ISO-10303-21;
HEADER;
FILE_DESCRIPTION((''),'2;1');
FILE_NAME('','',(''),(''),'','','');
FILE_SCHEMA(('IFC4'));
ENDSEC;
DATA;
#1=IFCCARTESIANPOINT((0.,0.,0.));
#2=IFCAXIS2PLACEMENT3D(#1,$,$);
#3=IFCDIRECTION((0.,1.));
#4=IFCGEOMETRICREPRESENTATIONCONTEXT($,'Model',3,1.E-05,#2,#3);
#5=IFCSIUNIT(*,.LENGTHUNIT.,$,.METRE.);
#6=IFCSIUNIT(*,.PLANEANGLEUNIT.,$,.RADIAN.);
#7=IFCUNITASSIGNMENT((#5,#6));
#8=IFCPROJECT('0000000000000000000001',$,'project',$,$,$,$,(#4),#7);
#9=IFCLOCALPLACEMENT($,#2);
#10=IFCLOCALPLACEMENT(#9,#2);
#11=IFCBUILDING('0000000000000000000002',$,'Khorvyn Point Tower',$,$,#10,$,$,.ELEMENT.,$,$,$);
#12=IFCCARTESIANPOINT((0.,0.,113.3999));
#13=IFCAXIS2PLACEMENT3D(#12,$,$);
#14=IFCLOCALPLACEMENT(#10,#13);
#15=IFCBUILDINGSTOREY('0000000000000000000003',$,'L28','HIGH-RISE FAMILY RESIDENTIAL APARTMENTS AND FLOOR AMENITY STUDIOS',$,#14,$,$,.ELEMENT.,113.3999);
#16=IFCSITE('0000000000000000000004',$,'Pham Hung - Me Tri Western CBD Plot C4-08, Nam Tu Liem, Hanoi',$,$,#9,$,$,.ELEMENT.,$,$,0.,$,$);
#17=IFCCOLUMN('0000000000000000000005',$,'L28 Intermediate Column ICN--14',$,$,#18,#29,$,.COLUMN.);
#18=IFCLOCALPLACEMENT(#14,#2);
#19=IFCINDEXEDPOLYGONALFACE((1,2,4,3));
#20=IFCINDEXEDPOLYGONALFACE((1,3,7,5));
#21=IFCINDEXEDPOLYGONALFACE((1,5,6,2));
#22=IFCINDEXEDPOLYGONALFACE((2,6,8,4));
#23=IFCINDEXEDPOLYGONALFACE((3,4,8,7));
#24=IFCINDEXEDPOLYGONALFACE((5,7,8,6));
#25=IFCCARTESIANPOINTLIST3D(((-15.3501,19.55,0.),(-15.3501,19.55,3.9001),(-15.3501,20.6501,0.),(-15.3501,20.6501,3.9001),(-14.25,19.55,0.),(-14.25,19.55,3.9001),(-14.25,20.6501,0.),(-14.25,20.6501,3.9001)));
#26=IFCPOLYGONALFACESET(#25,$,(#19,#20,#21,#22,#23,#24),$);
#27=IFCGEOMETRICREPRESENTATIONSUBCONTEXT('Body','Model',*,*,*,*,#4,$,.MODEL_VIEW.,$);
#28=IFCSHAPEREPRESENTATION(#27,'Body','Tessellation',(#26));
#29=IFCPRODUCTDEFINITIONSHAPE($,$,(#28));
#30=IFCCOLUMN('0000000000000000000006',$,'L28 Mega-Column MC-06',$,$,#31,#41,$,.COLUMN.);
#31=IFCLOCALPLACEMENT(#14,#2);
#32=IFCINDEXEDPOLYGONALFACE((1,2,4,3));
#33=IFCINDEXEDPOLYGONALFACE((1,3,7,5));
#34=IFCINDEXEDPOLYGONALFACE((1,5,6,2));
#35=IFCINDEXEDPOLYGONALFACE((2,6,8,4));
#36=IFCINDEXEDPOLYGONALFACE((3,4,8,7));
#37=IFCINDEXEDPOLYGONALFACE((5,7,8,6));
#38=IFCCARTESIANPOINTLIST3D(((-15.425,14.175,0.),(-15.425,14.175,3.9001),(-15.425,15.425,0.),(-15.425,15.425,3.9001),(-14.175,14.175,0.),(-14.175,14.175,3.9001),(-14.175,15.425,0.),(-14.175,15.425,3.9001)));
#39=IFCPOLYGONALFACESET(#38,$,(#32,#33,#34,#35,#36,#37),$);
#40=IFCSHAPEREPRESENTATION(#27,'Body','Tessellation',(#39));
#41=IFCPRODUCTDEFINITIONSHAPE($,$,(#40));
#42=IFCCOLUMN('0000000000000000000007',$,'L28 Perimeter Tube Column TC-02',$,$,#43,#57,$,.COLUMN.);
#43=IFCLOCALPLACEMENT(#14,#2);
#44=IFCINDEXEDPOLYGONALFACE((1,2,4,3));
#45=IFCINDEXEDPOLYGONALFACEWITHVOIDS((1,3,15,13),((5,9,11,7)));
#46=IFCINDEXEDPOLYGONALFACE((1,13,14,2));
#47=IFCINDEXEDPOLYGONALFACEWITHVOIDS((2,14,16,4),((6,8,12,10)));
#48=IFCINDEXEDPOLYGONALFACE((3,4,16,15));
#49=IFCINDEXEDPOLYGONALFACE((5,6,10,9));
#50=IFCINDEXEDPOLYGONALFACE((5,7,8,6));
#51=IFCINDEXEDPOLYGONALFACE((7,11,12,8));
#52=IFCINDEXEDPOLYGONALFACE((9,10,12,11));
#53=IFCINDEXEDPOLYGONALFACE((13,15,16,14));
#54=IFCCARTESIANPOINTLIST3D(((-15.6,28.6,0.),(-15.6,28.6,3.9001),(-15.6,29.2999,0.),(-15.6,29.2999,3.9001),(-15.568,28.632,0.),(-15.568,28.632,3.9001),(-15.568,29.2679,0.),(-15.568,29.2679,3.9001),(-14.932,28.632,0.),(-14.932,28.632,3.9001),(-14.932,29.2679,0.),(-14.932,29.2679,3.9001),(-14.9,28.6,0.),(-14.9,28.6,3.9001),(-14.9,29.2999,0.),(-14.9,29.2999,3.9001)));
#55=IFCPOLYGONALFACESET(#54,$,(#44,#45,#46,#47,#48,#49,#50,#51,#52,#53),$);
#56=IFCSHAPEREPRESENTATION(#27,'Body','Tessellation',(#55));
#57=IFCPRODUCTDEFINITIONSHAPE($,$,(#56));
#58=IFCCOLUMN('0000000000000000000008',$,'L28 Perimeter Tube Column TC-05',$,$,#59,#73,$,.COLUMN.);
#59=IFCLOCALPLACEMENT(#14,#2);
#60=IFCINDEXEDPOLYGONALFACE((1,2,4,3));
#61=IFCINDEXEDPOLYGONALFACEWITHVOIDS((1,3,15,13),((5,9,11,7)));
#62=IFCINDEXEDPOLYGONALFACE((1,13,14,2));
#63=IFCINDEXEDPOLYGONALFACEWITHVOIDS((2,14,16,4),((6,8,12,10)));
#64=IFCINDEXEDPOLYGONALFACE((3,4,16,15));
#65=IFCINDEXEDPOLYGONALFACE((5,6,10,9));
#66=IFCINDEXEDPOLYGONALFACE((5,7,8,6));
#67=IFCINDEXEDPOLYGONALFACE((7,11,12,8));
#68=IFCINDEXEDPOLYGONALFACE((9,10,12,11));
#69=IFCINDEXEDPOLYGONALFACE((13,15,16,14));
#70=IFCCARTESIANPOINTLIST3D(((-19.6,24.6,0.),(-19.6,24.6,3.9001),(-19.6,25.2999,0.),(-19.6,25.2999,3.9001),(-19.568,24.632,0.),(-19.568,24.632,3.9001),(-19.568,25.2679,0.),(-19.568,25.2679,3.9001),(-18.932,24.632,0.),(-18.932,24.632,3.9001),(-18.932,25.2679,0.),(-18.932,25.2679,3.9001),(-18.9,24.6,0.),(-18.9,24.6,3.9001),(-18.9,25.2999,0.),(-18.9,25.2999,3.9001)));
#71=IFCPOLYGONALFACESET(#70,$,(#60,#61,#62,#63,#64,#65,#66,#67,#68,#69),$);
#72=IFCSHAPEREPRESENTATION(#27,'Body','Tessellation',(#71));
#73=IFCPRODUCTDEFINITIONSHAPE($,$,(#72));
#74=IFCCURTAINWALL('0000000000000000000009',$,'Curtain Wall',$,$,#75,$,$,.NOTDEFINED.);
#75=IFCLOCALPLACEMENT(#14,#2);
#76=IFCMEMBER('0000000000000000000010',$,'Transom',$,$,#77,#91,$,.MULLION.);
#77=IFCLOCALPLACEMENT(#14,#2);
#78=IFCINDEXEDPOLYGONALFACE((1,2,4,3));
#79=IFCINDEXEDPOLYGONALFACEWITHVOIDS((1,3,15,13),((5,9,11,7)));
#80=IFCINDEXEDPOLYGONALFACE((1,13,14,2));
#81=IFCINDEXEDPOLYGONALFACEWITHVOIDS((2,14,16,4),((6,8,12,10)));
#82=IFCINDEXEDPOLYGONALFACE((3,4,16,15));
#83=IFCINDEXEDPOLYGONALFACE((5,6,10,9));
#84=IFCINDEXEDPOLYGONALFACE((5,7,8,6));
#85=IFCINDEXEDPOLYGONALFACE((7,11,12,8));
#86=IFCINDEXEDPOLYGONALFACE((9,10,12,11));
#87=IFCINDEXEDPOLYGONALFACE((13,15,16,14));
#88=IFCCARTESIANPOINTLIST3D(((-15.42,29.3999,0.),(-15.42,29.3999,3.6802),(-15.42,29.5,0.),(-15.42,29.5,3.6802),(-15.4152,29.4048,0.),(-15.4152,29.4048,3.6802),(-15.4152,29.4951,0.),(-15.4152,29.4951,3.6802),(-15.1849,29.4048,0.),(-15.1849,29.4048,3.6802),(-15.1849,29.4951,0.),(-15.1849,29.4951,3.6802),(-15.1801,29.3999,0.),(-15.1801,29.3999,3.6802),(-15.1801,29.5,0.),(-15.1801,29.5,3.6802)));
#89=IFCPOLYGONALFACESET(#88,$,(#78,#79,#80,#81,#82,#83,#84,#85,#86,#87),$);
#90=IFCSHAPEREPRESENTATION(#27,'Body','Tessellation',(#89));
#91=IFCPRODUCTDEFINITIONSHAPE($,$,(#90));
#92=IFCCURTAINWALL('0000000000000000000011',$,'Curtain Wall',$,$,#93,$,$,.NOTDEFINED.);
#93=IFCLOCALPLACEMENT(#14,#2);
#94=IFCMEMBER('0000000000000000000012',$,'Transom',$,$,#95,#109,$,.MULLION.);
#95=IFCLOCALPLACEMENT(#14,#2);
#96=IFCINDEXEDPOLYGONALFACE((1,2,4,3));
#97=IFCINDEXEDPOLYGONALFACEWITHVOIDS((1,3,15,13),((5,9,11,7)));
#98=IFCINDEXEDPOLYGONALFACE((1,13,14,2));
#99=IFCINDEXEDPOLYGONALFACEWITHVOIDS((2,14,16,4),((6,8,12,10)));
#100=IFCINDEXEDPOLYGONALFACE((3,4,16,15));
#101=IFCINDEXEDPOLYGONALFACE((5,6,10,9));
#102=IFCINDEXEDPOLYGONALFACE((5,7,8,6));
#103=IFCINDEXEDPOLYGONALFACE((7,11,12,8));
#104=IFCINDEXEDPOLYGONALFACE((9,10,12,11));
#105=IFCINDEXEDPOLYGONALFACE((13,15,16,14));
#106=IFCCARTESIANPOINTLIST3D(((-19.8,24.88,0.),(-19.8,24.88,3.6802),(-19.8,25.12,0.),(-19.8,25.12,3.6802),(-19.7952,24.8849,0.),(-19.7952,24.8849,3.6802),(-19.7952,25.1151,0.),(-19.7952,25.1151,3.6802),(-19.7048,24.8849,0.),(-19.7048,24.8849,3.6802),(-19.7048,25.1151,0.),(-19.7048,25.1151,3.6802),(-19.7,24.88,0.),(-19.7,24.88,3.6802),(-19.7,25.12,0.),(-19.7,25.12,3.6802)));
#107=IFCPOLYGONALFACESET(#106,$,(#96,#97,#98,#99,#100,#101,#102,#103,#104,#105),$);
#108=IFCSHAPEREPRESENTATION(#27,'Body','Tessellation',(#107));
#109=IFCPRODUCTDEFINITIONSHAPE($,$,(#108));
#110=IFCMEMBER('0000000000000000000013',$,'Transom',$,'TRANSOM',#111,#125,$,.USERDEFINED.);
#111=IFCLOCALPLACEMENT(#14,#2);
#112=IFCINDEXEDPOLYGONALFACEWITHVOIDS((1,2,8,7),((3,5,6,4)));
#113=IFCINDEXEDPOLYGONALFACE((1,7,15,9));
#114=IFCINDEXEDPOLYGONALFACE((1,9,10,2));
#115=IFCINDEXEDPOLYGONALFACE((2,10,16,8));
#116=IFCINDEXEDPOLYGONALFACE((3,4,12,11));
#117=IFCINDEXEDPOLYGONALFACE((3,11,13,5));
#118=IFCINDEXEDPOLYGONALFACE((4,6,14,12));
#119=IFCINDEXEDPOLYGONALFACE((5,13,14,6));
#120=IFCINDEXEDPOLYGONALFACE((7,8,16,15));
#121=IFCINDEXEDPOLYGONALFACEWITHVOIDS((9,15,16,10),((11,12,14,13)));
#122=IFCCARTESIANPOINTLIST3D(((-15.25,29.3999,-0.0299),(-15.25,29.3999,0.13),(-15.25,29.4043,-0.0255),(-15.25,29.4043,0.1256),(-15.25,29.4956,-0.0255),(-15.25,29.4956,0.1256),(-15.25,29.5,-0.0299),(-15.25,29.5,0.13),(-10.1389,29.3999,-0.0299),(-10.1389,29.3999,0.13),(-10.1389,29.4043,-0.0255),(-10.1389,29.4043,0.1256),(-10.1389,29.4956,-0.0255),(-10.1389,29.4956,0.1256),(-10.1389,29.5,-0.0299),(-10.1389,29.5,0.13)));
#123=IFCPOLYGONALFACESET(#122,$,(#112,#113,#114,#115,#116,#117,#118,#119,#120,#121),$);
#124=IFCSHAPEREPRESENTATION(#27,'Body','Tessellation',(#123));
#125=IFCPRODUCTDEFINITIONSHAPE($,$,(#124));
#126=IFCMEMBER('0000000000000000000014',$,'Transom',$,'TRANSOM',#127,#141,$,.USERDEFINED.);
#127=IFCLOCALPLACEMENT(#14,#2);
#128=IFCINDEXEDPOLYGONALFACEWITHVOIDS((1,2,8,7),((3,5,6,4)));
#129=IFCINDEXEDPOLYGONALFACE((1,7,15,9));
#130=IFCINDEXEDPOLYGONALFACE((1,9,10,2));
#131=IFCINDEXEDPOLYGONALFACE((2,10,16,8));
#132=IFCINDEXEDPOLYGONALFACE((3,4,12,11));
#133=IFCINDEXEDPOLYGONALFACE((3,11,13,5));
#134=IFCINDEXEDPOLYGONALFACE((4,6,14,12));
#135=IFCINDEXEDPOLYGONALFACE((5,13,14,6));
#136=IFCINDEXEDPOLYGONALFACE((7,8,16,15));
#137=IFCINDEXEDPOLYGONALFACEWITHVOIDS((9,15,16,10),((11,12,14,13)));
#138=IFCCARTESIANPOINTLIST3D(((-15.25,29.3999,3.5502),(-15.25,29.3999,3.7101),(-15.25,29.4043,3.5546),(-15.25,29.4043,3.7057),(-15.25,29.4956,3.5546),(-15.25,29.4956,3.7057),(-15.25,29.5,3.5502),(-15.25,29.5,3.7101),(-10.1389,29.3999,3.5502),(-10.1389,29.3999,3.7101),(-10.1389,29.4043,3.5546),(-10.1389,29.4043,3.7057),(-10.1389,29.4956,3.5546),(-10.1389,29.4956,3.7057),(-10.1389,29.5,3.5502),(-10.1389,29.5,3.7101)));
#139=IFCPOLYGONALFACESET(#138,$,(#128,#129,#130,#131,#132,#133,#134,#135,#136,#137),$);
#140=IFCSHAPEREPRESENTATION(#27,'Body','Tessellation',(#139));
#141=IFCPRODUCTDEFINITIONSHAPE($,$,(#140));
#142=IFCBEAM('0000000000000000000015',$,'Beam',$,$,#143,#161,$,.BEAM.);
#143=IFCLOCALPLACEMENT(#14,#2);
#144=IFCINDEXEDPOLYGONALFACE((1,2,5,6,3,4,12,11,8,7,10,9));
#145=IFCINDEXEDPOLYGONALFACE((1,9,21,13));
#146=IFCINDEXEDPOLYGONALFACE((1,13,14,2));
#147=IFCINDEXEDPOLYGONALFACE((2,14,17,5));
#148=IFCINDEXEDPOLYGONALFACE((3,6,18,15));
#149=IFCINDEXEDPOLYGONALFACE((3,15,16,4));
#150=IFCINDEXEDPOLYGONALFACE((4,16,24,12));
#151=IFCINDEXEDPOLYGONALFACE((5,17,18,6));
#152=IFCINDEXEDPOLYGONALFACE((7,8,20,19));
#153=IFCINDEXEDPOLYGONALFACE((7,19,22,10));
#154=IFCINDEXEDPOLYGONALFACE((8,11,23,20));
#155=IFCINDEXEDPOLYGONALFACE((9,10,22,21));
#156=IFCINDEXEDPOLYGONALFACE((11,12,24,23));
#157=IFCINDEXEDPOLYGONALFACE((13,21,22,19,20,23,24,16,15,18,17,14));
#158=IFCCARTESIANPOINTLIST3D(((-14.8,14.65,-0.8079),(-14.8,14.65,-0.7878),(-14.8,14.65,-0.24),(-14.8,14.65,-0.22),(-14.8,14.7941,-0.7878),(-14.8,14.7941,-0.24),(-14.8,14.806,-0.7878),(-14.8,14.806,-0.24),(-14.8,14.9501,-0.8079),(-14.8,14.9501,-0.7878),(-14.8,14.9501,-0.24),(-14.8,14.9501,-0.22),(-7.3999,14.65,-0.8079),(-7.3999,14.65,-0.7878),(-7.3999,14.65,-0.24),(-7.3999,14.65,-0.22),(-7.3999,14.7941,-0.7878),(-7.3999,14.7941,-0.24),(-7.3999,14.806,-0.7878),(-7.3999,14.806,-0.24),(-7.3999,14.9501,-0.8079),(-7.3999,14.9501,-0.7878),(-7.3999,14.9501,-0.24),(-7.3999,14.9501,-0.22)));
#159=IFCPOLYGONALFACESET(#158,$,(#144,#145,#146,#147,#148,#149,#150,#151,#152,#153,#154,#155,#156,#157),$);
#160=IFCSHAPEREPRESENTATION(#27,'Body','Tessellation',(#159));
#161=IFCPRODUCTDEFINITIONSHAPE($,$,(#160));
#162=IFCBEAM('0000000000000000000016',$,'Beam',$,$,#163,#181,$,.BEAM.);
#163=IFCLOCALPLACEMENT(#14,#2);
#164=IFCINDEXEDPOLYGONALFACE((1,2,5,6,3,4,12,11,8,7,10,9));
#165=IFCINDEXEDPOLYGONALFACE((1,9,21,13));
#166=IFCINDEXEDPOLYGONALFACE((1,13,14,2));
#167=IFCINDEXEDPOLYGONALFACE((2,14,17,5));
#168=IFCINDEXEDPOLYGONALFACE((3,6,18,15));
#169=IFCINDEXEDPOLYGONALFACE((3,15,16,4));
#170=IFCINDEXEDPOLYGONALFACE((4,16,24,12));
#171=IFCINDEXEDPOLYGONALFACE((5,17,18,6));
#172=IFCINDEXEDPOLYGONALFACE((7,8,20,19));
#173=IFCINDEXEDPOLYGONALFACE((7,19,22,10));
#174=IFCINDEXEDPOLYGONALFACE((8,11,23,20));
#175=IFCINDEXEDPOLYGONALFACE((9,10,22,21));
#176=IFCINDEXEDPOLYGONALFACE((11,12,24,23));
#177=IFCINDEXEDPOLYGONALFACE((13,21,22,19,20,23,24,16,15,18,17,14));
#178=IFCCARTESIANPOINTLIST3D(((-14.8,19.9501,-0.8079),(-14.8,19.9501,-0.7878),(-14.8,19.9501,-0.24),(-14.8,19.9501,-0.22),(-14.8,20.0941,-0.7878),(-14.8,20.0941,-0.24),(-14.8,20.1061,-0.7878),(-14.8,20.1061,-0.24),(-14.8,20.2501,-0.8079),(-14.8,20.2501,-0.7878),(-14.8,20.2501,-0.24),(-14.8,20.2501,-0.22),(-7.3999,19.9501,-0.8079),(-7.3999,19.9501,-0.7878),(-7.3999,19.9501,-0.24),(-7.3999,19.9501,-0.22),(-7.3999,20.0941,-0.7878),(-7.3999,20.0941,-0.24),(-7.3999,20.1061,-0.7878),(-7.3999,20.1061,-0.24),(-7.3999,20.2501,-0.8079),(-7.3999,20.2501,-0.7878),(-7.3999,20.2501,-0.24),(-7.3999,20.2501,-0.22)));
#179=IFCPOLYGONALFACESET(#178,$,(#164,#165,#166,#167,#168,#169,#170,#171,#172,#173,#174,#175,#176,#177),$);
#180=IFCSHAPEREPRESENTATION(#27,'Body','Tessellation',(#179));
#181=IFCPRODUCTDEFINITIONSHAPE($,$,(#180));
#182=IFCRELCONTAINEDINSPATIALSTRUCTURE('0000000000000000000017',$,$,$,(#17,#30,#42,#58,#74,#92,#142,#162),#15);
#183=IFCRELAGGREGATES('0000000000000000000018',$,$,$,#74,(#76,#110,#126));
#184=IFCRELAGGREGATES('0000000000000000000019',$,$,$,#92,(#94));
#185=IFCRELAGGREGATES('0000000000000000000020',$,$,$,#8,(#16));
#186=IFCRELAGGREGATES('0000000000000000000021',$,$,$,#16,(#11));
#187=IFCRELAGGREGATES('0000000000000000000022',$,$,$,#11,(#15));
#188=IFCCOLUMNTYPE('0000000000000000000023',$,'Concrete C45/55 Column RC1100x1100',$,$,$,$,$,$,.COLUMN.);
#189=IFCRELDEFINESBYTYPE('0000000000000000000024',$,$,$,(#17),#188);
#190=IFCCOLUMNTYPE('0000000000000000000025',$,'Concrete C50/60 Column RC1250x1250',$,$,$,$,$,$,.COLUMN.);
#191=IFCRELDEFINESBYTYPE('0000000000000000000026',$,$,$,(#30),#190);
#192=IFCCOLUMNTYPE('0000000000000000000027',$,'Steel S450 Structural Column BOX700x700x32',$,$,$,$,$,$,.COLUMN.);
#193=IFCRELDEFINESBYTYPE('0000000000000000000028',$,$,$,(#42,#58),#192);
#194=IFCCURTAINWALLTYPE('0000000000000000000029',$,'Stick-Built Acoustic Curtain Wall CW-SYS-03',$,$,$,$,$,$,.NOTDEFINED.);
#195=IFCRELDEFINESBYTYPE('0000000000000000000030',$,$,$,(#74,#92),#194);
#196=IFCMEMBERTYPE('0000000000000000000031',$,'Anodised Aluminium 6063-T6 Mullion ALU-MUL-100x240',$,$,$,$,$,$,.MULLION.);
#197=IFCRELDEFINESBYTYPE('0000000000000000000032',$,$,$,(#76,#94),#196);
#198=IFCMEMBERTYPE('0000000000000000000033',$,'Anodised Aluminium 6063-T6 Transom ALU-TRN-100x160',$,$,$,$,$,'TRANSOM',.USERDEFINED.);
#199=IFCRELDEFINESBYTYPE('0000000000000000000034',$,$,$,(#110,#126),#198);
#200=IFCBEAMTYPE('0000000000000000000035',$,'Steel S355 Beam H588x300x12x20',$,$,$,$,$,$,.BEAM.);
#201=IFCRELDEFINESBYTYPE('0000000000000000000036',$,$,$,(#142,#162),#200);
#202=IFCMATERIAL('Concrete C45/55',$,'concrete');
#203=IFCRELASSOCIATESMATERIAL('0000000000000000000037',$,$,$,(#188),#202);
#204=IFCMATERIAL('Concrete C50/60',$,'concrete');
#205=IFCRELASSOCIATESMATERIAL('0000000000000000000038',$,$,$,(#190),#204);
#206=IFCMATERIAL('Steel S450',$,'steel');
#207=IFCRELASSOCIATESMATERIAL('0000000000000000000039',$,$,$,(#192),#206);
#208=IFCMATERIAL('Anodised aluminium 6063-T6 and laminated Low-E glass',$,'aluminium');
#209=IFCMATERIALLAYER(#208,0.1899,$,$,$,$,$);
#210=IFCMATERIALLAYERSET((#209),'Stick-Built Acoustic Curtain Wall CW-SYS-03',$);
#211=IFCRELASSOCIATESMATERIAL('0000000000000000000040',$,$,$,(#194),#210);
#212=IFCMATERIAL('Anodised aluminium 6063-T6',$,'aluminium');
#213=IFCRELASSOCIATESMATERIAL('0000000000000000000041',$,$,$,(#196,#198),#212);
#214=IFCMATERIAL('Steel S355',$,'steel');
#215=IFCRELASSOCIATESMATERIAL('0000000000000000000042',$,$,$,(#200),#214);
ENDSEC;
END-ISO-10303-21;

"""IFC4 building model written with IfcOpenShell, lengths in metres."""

from ifc_helpers import new_model, si_unit, direction, frame, origin, origin_2d, place, context, subcontext, project, spatial, rectangle, hollow_rectangle, i_section, extrude, material, layer, layer_set, material_profile, profile_set, type_object, element, aggregate, save


model = new_model("IFC4")

# Units and contexts
model_context = context("Model", 3, precision=1e-05, world=origin(), true_north=direction((0.0, 1.0)))
body_context = subcontext(model_context, "Body", "Model", "MODEL_VIEW")
ifc_project = project(units=[si_unit("LENGTHUNIT", "METRE"), si_unit("PLANEANGLEUNIT", "RADIAN")], contexts=[model_context])

# Site, building, storey
site_placement = place(None, origin())
site = spatial("IfcSite", under=ifc_project, at=site_placement, Name="Pham Hung - Me Tri Western CBD Plot C4-08, Nam Tu Liem, Hanoi", CompositionType="ELEMENT", RefElevation=0.0)
building_placement = place(site_placement, origin())
building = spatial("IfcBuilding", under=site, at=building_placement, Name="Khorvyn Point Tower", CompositionType="ELEMENT")
storey_placement = place(building_placement, frame((0.0, 0.0, 113.3999)))
storey = spatial("IfcBuildingStorey", under=building, at=storey_placement, Name="L28", Description="HIGH-RISE FAMILY RESIDENTIAL APARTMENTS AND FLOOR AMENITY STUDIOS", CompositionType="ELEMENT", Elevation=113.3999)

# Columns
ifc_material_1 = material(Name="Concrete C45/55", Category="concrete")
ifc_material_profile_1 = material_profile(ifc_material_1, rectangle(XDim=1.1001, YDim=1.1001, at=origin_2d()))
ifc_profile_set_1 = profile_set([ifc_material_profile_1], Name="Concrete C45/55 RC1100x1100")
column_type_1 = type_object("IfcColumnType", Name="Concrete C45/55 Column RC1100x1100", PredefinedType="COLUMN", material=ifc_profile_set_1)
column_1_placement = place(storey_placement, frame((-14.8, 20.1001, 0.0), z_axis=(0.0, 0.0, 1.0), x_axis=(1.0, 0.0, 0.0)))
element("IfcColumn", 1, at=column_1_placement, inside=storey, type_object=column_type_1, Name="L28 Intermediate Column ICN--14", PredefinedType="COLUMN", context=body_context, shape_type="SweptSolid", body=[
    extrude(rectangle(XDim=1.1001, YDim=1.1001, at=origin_2d()), origin(), (0.0, 0.0, 1.0), 3.9001),
])
ifc_material_2 = material(Name="Concrete C50/60", Category="concrete")
ifc_material_profile_2 = material_profile(ifc_material_2, rectangle(XDim=1.25, YDim=1.25, at=origin_2d()))
ifc_profile_set_2 = profile_set([ifc_material_profile_2], Name="Concrete C50/60 RC1250x1250")
column_type_2 = type_object("IfcColumnType", Name="Concrete C50/60 Column RC1250x1250", PredefinedType="COLUMN", material=ifc_profile_set_2)
column_2_placement = place(storey_placement, frame((-14.8, 14.8, 0.0), z_axis=(0.0, 0.0, 1.0), x_axis=(1.0, 0.0, 0.0)))
element("IfcColumn", 2, at=column_2_placement, inside=storey, type_object=column_type_2, Name="L28 Mega-Column MC-06", PredefinedType="COLUMN", context=body_context, shape_type="SweptSolid", body=[
    extrude(rectangle(XDim=1.25, YDim=1.25, at=origin_2d()), origin(), (0.0, 0.0, 1.0), 3.9001),
])
ifc_material_3 = material(Name="Steel S450", Category="steel")
ifc_material_profile_3 = material_profile(ifc_material_3, hollow_rectangle(XDim=0.7, YDim=0.7, WallThickness=0.032, at=origin_2d()))
ifc_profile_set_3 = profile_set([ifc_material_profile_3], Name="Steel S450 BOX700x700x32")
column_type_3 = type_object("IfcColumnType", Name="Steel S450 Structural Column BOX700x700x32", PredefinedType="COLUMN", material=ifc_profile_set_3)
for number, where, z_axis, x_axis, name in (
    (3, (-15.25, 28.95, 0.0), (0.0, 0.0, 1.0), (1.0, 0.0, 0.0), "L28 Perimeter Tube Column TC-02"),
    (4, (-19.25, 24.95, 0.0), (0.0, 0.0, 1.0), (1.0, 0.0, 0.0), "L28 Perimeter Tube Column TC-05"),
):
    element("IfcColumn", number, at=place(storey_placement, frame(where, z_axis=z_axis, x_axis=x_axis)), inside=storey, type_object=column_type_3, Name=name, PredefinedType="COLUMN", context=body_context, shape_type="SweptSolid", body=[
        extrude(hollow_rectangle(XDim=0.7, YDim=0.7, WallThickness=0.032, at=origin_2d()), origin(), (0.0, 0.0, 1.0), 3.9001),
    ])

# Curtain walls, members
ifc_material_4 = material(Name="Anodised aluminium 6063-T6 and laminated Low-E glass", Category="aluminium")
ifc_layer_1 = layer(ifc_material_4, 0.1899)
ifc_layer_set_1 = layer_set([ifc_layer_1], Name="Stick-Built Acoustic Curtain Wall CW-SYS-03")
curtain_wall_type = type_object("IfcCurtainWallType", Name="Stick-Built Acoustic Curtain Wall CW-SYS-03", PredefinedType="NOTDEFINED", material=ifc_layer_set_1)
curtain_wall_1_placement = place(storey_placement, origin())
curtain_wall_1 = element("IfcCurtainWall", 5, at=curtain_wall_1_placement, inside=storey, type_object=curtain_wall_type, Name="Curtain Wall", PredefinedType="NOTDEFINED")
ifc_material_5 = material(Name="Anodised aluminium 6063-T6", Category="aluminium")
ifc_material_profile_4 = material_profile(ifc_material_5, hollow_rectangle(XDim=0.1001, YDim=0.24, WallThickness=0.0049, at=origin_2d()))
ifc_profile_set_4 = profile_set([ifc_material_profile_4], Name="Anodised aluminium 6063-T6 ALU-MUL-100x240")
member_type_1 = type_object("IfcMemberType", Name="Anodised Aluminium 6063-T6 Mullion ALU-MUL-100x240", PredefinedType="MULLION", material=ifc_profile_set_4)
member_1_placement = place(storey_placement, frame((-15.3, 29.45, 0.0), z_axis=(0.0, 0.0, 1.0), x_axis=(0.0, 1.0, 0.0)))
member_1 = element("IfcMember", 6, at=member_1_placement, type_object=member_type_1, Name="Transom", PredefinedType="MULLION", context=body_context, shape_type="SweptSolid", body=[
    extrude(hollow_rectangle(XDim=0.1001, YDim=0.24, WallThickness=0.0049, at=origin_2d()), origin(), (0.0, 0.0, 1.0), 3.6802),
])
curtain_wall_2_placement = place(storey_placement, origin())
curtain_wall_2 = element("IfcCurtainWall", 7, at=curtain_wall_2_placement, inside=storey, type_object=curtain_wall_type, Name="Curtain Wall", PredefinedType="NOTDEFINED")
member_2_placement = place(storey_placement, frame((-19.75, 25.0, 0.0), z_axis=(0.0, 0.0, 1.0), x_axis=(-1.0, 0.0, 0.0)))
member_2 = element("IfcMember", 8, at=member_2_placement, type_object=member_type_1, Name="Transom", PredefinedType="MULLION", context=body_context, shape_type="SweptSolid", body=[
    extrude(hollow_rectangle(XDim=0.1001, YDim=0.24, WallThickness=0.0049, at=origin_2d()), origin(), (0.0, 0.0, 1.0), 3.6802),
])

# Members
ifc_material_profile_5 = material_profile(ifc_material_5, hollow_rectangle(XDim=0.1001, YDim=0.1599, WallThickness=0.0044, at=origin_2d()))
ifc_profile_set_5 = profile_set([ifc_material_profile_5], Name="Anodised aluminium 6063-T6 ALU-TRN-100x160")
member_type_2 = type_object("IfcMemberType", Name="Anodised Aluminium 6063-T6 Transom ALU-TRN-100x160", ElementType="TRANSOM", PredefinedType="USERDEFINED", material=ifc_profile_set_5)
member_3_placement = place(storey_placement, frame((-15.25, 29.45, 0.05), z_axis=(1.0, 0.0, 0.0), x_axis=(0.0, 1.0, 0.0)))
member_3 = element("IfcMember", 9, at=member_3_placement, type_object=member_type_2, Name="Transom", ObjectType="TRANSOM", PredefinedType="USERDEFINED", context=body_context, shape_type="SweptSolid", body=[
    extrude(hollow_rectangle(XDim=0.1001, YDim=0.1599, WallThickness=0.0044, at=origin_2d()), origin(), (0.0, 0.0, 1.0), 5.1111),
])
member_4_placement = place(storey_placement, frame((-15.25, 29.45, 3.6301), z_axis=(1.0, 0.0, 0.0), x_axis=(0.0, 1.0, 0.0)))
member_4 = element("IfcMember", 10, at=member_4_placement, type_object=member_type_2, Name="Transom", ObjectType="TRANSOM", PredefinedType="USERDEFINED", context=body_context, shape_type="SweptSolid", body=[
    extrude(hollow_rectangle(XDim=0.1001, YDim=0.1599, WallThickness=0.0044, at=origin_2d()), origin(), (0.0, 0.0, 1.0), 5.1111),
])

# Beams
ifc_material_6 = material(Name="Steel S355", Category="steel")
ifc_material_profile_6 = material_profile(ifc_material_6, i_section(OverallWidth=0.3, OverallDepth=0.5879, WebThickness=0.012, FlangeThickness=0.02, at=origin_2d()))
ifc_profile_set_6 = profile_set([ifc_material_profile_6], Name="Steel S355 H588x300x12x20")
beam_type_1 = type_object("IfcBeamType", Name="Steel S355 Beam H588x300x12x20", PredefinedType="BEAM", material=ifc_profile_set_6)
for number, where, z_axis, x_axis, name in (
    (11, (-14.8, 14.8, -0.5139), (1.0, 0.0, 0.0), (0.0, 1.0, 0.0), "Beam"),
    (12, (-14.8, 20.1001, -0.5139), (1.0, 0.0, 0.0), (0.0, 1.0, 0.0), "Beam"),
):
    element("IfcBeam", number, at=place(storey_placement, frame(where, z_axis=z_axis, x_axis=x_axis)), inside=storey, type_object=beam_type_1, Name=name, PredefinedType="BEAM", context=body_context, shape_type="SweptSolid", body=[
        extrude(i_section(OverallWidth=0.3, OverallDepth=0.5879, WebThickness=0.012, FlangeThickness=0.02, at=origin_2d()), origin(), (0.0, 0.0, 1.0), 7.4001),
    ])

aggregate(curtain_wall_1, [member_1, member_3, member_4])
aggregate(curtain_wall_2, [member_2])

save(model, "model.ifc")
